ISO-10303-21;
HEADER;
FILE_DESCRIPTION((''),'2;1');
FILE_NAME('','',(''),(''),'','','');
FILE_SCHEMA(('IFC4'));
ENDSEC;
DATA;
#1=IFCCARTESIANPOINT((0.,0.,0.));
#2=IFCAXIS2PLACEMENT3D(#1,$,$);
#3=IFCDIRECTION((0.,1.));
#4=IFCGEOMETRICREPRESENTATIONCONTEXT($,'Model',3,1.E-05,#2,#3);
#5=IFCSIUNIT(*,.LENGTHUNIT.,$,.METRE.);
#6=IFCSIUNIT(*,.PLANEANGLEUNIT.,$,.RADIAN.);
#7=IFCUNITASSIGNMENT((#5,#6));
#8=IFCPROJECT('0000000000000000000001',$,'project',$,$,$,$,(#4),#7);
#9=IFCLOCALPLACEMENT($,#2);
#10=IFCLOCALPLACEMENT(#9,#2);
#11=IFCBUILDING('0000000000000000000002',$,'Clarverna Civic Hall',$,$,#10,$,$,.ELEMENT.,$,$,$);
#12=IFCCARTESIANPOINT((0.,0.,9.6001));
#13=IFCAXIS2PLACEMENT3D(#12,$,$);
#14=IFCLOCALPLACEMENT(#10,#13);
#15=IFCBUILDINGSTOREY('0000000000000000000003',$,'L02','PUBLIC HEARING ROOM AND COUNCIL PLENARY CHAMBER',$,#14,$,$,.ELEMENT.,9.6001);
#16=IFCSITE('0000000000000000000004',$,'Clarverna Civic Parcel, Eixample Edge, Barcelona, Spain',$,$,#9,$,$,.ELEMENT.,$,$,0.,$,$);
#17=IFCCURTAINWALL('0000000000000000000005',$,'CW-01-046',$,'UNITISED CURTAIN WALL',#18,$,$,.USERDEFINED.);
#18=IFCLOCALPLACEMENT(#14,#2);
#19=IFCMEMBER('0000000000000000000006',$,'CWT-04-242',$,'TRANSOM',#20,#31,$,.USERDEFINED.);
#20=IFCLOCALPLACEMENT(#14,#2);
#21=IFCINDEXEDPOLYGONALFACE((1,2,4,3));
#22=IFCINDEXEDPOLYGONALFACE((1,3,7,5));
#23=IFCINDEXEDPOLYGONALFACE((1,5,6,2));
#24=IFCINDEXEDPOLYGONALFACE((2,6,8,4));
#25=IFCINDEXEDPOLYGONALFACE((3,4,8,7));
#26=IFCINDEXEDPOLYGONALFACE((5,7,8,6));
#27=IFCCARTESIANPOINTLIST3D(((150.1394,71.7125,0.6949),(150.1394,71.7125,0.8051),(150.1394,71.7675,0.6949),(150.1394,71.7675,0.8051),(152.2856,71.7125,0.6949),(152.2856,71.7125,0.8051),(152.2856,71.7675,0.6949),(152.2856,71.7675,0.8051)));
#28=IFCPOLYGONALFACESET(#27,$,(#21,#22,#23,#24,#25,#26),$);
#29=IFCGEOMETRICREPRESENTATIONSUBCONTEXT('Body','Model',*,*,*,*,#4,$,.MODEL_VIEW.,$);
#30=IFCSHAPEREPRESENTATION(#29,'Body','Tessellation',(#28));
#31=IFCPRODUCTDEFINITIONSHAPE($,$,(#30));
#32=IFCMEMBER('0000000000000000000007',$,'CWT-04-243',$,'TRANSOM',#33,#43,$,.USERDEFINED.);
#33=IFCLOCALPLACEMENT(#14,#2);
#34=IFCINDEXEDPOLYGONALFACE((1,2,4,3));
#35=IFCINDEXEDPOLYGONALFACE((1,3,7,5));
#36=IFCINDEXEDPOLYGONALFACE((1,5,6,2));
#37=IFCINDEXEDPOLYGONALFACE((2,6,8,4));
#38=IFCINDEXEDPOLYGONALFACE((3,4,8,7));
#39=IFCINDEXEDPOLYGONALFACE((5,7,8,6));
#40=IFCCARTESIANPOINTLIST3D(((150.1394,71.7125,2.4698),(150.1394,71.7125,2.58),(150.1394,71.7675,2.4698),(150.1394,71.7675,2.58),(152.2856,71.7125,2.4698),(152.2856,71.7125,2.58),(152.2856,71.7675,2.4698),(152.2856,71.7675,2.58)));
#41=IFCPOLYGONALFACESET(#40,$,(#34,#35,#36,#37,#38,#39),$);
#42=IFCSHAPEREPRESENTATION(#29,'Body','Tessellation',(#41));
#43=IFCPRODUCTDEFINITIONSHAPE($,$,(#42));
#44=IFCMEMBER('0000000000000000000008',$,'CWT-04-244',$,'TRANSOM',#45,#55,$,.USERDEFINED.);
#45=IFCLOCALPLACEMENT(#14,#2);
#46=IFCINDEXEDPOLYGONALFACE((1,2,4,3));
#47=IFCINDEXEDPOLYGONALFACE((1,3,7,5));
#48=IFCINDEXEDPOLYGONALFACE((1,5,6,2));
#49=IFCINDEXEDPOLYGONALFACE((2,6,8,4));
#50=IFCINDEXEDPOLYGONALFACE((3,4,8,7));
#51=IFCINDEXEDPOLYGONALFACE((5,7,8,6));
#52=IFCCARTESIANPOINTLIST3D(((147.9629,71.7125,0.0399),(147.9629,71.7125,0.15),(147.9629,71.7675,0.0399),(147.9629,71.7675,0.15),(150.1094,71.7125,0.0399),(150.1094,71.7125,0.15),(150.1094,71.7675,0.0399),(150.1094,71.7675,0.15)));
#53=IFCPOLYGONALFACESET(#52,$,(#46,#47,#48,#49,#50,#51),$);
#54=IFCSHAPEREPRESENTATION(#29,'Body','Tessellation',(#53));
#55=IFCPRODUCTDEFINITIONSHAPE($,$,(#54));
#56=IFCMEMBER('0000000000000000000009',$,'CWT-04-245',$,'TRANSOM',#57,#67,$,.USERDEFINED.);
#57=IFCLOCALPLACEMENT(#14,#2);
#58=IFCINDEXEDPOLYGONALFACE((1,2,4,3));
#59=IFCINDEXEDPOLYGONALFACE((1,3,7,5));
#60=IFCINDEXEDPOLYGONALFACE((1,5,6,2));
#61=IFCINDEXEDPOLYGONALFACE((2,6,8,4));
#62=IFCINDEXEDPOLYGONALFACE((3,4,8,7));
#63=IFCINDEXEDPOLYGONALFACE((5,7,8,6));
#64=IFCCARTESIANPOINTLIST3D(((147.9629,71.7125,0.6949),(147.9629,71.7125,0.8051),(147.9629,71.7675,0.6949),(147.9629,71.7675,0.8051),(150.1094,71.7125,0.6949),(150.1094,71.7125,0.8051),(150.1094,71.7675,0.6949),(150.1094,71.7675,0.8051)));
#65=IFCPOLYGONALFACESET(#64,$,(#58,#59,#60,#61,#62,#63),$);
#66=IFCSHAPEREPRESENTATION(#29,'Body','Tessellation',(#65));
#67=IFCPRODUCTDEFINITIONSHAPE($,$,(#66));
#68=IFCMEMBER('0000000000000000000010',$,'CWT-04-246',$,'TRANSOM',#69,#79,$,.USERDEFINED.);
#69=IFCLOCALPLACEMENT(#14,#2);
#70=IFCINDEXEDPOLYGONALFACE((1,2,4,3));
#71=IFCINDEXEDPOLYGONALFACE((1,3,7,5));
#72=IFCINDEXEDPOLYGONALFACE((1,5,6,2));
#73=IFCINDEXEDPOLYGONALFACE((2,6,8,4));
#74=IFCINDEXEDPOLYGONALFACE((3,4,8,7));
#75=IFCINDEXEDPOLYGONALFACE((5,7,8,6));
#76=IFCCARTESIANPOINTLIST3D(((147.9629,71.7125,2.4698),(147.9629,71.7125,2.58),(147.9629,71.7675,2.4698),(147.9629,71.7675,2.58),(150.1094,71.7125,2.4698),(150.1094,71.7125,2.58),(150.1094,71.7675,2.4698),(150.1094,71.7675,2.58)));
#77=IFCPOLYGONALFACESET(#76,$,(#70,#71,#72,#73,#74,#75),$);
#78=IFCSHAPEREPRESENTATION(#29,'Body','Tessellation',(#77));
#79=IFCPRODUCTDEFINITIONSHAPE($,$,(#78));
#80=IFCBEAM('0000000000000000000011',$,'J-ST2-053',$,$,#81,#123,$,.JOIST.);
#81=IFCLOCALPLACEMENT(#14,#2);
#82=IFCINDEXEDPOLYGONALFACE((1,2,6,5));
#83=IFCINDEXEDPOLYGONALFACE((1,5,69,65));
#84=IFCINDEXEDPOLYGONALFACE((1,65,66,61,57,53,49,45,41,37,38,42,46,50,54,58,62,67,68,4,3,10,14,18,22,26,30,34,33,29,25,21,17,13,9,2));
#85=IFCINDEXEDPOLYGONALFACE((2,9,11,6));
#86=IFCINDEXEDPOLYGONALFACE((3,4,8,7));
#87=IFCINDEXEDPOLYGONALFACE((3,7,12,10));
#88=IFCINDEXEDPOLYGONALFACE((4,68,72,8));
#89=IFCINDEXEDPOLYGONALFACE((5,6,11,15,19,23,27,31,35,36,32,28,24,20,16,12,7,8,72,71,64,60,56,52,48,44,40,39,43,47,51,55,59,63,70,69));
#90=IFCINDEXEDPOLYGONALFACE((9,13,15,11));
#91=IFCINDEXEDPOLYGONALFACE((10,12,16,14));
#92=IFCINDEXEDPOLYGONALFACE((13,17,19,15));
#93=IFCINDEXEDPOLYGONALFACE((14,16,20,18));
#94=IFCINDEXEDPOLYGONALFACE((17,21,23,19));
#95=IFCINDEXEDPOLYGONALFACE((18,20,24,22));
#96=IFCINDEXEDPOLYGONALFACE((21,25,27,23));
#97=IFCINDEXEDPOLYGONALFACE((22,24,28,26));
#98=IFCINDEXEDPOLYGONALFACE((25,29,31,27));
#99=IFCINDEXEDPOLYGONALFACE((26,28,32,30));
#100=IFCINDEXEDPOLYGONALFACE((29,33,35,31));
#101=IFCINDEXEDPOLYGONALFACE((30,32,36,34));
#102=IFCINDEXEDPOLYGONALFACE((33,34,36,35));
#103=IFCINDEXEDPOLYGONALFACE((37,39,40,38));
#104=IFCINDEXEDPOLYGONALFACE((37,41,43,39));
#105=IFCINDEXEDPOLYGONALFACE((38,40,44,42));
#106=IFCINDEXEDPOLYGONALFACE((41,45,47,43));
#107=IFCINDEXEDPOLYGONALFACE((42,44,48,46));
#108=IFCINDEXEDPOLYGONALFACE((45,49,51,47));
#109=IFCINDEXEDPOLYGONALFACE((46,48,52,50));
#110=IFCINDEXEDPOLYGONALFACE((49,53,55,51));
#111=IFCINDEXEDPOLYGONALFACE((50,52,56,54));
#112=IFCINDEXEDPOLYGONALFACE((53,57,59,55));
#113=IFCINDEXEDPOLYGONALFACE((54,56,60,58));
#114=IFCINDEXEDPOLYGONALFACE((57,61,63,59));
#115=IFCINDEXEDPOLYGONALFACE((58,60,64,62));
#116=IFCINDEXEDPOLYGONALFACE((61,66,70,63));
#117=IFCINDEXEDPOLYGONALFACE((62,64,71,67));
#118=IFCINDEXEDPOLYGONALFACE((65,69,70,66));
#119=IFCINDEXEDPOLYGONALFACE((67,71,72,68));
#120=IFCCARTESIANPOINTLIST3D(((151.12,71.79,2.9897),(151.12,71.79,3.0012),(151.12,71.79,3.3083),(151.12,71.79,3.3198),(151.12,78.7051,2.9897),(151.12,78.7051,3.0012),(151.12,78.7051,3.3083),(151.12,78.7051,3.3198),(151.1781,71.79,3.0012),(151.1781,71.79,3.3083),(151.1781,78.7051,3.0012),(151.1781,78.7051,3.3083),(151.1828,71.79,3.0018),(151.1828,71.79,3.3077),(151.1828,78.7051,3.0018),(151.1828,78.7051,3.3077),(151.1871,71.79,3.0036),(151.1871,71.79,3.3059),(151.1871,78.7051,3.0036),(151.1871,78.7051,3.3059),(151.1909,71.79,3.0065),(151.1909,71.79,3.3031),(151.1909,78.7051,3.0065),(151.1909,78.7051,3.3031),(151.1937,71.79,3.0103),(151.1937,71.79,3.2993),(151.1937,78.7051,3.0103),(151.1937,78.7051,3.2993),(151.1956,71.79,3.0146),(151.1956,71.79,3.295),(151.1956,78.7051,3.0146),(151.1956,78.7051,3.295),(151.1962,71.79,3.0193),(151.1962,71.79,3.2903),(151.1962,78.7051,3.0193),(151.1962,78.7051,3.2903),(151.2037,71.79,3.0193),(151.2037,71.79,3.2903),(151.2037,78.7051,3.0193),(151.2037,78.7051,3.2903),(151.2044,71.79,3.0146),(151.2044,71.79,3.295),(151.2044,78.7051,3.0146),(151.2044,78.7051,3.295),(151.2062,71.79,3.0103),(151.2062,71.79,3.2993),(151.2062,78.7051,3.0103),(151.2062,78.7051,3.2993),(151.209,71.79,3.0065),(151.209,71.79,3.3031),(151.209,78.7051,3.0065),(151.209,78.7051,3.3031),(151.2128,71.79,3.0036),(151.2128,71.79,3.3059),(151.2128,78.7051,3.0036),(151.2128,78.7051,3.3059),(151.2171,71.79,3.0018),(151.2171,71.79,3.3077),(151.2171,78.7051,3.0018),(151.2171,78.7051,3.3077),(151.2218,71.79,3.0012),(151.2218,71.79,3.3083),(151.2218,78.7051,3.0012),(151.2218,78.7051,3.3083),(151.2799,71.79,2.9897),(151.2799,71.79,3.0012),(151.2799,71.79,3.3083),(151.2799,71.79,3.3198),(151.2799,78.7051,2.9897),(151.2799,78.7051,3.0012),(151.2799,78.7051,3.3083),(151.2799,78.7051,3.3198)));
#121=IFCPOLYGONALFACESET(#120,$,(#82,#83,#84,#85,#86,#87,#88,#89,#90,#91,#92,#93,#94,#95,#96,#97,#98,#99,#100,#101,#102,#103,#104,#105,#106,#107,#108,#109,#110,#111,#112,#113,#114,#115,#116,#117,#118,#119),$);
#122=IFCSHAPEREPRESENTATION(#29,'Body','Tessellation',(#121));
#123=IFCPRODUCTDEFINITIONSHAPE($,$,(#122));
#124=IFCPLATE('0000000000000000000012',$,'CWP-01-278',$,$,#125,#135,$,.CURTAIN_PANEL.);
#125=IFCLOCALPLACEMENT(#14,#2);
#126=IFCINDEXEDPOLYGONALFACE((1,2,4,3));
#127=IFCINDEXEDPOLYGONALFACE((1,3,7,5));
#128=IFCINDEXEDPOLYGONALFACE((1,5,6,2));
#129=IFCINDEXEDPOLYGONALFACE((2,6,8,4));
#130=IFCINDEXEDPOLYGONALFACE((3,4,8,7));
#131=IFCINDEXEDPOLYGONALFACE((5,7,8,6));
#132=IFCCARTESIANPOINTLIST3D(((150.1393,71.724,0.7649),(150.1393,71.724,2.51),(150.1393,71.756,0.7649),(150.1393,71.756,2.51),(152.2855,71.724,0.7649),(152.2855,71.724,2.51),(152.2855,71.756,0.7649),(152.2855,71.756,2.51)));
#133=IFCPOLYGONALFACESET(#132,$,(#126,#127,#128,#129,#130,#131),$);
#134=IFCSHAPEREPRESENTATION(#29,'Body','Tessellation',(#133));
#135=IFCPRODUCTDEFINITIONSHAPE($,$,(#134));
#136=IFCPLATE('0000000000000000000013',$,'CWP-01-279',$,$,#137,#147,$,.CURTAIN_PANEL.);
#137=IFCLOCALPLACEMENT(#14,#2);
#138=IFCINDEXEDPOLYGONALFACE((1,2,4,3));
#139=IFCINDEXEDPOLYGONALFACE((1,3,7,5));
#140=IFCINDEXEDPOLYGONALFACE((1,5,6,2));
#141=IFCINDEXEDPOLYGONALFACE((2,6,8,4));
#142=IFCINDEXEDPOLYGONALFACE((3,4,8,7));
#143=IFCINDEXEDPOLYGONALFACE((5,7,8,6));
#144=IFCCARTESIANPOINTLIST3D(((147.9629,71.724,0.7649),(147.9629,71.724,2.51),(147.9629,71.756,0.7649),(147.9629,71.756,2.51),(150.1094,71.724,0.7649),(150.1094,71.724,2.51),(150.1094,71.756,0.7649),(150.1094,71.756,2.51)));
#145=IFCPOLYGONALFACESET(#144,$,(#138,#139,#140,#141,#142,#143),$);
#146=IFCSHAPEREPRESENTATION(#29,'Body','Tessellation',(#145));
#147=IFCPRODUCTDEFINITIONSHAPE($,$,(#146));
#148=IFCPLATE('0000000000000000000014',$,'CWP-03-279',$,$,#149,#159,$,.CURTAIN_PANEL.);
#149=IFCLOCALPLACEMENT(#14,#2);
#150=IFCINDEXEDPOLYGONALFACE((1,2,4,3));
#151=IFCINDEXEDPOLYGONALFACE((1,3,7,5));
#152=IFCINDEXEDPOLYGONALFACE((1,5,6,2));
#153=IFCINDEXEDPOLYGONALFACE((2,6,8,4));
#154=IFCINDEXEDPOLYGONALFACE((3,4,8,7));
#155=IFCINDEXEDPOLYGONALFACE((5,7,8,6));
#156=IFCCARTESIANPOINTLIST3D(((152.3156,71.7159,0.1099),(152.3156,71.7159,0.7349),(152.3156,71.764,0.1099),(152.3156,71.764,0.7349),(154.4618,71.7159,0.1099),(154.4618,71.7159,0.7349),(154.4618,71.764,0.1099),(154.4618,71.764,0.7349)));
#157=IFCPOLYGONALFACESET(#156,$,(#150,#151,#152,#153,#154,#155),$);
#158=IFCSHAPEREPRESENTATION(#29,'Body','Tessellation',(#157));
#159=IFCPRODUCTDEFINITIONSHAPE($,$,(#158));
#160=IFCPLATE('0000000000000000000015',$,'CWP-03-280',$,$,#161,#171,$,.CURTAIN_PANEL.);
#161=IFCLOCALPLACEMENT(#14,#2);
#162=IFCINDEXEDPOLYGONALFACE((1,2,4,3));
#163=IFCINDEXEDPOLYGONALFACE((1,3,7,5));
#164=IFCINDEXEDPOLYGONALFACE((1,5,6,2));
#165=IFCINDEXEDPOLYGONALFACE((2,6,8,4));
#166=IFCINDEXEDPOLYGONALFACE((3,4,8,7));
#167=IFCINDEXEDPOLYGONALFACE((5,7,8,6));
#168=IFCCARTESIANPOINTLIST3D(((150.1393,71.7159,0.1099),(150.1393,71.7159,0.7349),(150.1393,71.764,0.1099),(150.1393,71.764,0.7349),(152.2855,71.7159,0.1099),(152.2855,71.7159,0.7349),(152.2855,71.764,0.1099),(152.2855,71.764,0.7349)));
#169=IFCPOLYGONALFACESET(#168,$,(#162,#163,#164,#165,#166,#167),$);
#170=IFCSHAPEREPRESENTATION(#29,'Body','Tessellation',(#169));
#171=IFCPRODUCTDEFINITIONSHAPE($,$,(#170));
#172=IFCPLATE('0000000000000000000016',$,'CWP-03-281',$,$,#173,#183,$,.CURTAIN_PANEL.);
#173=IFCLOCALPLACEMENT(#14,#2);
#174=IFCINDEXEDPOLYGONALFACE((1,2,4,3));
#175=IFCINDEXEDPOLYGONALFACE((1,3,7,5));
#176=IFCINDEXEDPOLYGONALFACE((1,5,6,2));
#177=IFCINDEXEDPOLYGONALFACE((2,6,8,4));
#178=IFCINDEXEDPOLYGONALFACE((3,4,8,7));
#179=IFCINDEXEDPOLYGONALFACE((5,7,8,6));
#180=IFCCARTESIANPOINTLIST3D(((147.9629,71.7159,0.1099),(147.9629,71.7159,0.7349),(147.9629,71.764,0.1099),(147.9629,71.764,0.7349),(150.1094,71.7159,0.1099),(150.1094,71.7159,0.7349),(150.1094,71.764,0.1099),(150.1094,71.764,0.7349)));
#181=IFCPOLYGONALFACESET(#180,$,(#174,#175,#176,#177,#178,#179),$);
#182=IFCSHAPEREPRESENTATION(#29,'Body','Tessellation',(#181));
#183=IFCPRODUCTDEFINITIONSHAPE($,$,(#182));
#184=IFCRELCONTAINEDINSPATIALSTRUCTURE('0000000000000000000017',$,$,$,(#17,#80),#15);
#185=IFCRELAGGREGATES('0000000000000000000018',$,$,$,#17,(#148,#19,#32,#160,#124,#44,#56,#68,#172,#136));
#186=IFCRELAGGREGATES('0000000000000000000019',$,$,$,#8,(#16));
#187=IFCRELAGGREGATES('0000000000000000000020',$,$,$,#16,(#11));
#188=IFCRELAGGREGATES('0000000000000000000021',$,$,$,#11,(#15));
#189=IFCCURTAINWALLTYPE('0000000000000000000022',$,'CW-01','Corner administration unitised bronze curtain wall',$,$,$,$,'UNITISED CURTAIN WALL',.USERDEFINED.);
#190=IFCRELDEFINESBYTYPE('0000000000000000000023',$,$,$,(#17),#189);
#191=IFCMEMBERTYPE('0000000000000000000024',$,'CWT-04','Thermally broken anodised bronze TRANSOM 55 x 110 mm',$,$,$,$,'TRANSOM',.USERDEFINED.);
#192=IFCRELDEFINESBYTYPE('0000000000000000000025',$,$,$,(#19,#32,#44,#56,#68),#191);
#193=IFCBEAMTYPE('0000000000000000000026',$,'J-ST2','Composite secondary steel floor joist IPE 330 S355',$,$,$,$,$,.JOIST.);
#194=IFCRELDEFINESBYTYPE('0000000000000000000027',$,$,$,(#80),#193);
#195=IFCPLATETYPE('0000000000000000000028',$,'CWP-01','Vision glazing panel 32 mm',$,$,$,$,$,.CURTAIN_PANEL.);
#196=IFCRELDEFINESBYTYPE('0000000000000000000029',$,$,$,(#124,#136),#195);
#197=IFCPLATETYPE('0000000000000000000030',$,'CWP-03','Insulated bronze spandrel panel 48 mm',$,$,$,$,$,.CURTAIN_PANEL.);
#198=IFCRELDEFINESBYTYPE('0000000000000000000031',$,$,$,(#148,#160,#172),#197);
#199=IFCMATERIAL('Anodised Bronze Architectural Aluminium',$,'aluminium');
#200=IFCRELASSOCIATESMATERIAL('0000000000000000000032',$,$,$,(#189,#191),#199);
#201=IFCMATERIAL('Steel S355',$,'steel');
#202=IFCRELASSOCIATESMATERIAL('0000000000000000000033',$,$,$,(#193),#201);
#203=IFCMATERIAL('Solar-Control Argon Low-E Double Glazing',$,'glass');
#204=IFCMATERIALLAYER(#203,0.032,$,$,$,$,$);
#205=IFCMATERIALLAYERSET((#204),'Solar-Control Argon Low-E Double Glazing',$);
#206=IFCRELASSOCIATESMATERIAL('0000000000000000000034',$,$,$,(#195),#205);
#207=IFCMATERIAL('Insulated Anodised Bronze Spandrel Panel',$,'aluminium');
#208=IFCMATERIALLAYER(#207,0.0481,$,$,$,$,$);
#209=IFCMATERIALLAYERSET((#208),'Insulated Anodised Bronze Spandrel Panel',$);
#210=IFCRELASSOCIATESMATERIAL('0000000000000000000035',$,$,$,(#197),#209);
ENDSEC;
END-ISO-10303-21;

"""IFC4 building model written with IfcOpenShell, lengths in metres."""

from ifc_helpers import new_model, si_unit, direction, frame, frame_2d, origin, origin_2d, place, context, subcontext, project, spatial, rectangle, i_section, extrude, material, layer, layer_set, material_profile, profile_set, type_object, element, aggregate, save


model = new_model("IFC4")

# Units and contexts
model_context = context("Model", 3, precision=1e-05, world=origin(), true_north=direction((0.0, 1.0)))
body_context = subcontext(model_context, "Body", "Model", "MODEL_VIEW")
ifc_project = project(units=[si_unit("LENGTHUNIT", "METRE"), si_unit("PLANEANGLEUNIT", "RADIAN")], contexts=[model_context])

# Site, building, storey
site_placement = place(None, origin())
site = spatial("IfcSite", under=ifc_project, at=site_placement, Name="Clarverna Civic Parcel, Eixample Edge, Barcelona, Spain", CompositionType="ELEMENT", RefElevation=0.0)
building_placement = place(site_placement, origin())
building = spatial("IfcBuilding", under=site, at=building_placement, Name="Clarverna Civic Hall", CompositionType="ELEMENT")
storey_placement = place(building_placement, frame((0.0, 0.0, 9.6001)))
storey = spatial("IfcBuildingStorey", under=building, at=storey_placement, Name="L02", Description="PUBLIC HEARING ROOM AND COUNCIL PLENARY CHAMBER", CompositionType="ELEMENT", Elevation=9.6001)

# Shared definitions
ifc_material_1 = material(Name="Anodised Bronze Architectural Aluminium", Category="aluminium")
curtain_wall_type = type_object("IfcCurtainWallType", Name="CW-01", Description="Corner administration unitised bronze curtain wall", ElementType="UNITISED CURTAIN WALL", PredefinedType="USERDEFINED", material=ifc_material_1)

# Curtain wall
curtain_wall_1_placement = place(storey_placement, origin())
curtain_wall_1 = element("IfcCurtainWall", 1, at=curtain_wall_1_placement, inside=storey, type_object=curtain_wall_type, Name="CW-01-046", ObjectType="UNITISED CURTAIN WALL", PredefinedType="USERDEFINED")

# Members
ifc_material_profile_1 = material_profile(ifc_material_1, rectangle(XDim=0.0549, YDim=0.1101, at=origin_2d()), Name="BRONZE 55x110")
ifc_profile_set_1 = profile_set([ifc_material_profile_1], Name="Anodised Bronze Architectural Aluminium")
member_type_1 = type_object("IfcMemberType", Name="CWT-04", Description="Thermally broken anodised bronze TRANSOM 55 x 110 mm", ElementType="TRANSOM", PredefinedType="USERDEFINED", material=ifc_profile_set_1)
member_1_placement = place(storey_placement, frame((152.2856, 71.74, 0.75), z_axis=(-1.0, 0.0, 0.0), x_axis=(0.0, -1.0, 0.0)))
member_1 = element("IfcMember", 2, at=member_1_placement, type_object=member_type_1, Name="CWT-04-242", ObjectType="TRANSOM", PredefinedType="USERDEFINED", context=body_context, shape_type="SweptSolid", body=[
    extrude(rectangle(XDim=0.0549, YDim=0.1101, at=origin_2d()), origin(), (0.0, 0.0, 1.0), 2.1462),
])
member_2_placement = place(storey_placement, frame((152.2856, 71.74, 2.5249), z_axis=(-1.0, 0.0, 0.0), x_axis=(0.0, -1.0, 0.0)))
member_2 = element("IfcMember", 3, at=member_2_placement, type_object=member_type_1, Name="CWT-04-243", ObjectType="TRANSOM", PredefinedType="USERDEFINED", context=body_context, shape_type="SweptSolid", body=[
    extrude(rectangle(XDim=0.0549, YDim=0.1101, at=origin_2d()), origin(), (0.0, 0.0, 1.0), 2.1462),
])
member_3_placement = place(storey_placement, frame((150.1094, 71.74, 0.095), z_axis=(-1.0, 0.0, 0.0), x_axis=(0.0, -1.0, 0.0)))
member_3 = element("IfcMember", 4, at=member_3_placement, type_object=member_type_1, Name="CWT-04-244", ObjectType="TRANSOM", PredefinedType="USERDEFINED", context=body_context, shape_type="SweptSolid", body=[
    extrude(rectangle(XDim=0.0549, YDim=0.1101, at=origin_2d()), origin(), (0.0, 0.0, 1.0), 2.1465),
])
member_4_placement = place(storey_placement, frame((150.1094, 71.74, 0.75), z_axis=(-1.0, 0.0, 0.0), x_axis=(0.0, -1.0, 0.0)))
member_4 = element("IfcMember", 5, at=member_4_placement, type_object=member_type_1, Name="CWT-04-245", ObjectType="TRANSOM", PredefinedType="USERDEFINED", context=body_context, shape_type="SweptSolid", body=[
    extrude(rectangle(XDim=0.0549, YDim=0.1101, at=origin_2d()), origin(), (0.0, 0.0, 1.0), 2.1465),
])
member_5_placement = place(storey_placement, frame((150.1094, 71.74, 2.5249), z_axis=(-1.0, 0.0, 0.0), x_axis=(0.0, -1.0, 0.0)))
member_5 = element("IfcMember", 6, at=member_5_placement, type_object=member_type_1, Name="CWT-04-246", ObjectType="TRANSOM", PredefinedType="USERDEFINED", context=body_context, shape_type="SweptSolid", body=[
    extrude(rectangle(XDim=0.0549, YDim=0.1101, at=origin_2d()), origin(), (0.0, 0.0, 1.0), 2.1465),
])

# Beam
ifc_material_2 = material(Name="Steel S355", Category="steel")
ifc_material_profile_2 = material_profile(ifc_material_2, i_section(OverallWidth=0.1599, OverallDepth=0.3301, WebThickness=0.0076, FlangeThickness=0.0115, FilletRadius=0.0181, at=origin_2d()), Name="IPE 330")
ifc_profile_set_2 = profile_set([ifc_material_profile_2], Name="Steel S355")
beam_type_1 = type_object("IfcBeamType", Name="J-ST2", Description="Composite secondary steel floor joist IPE 330 S355", PredefinedType="JOIST", material=ifc_profile_set_2)
beam_1_placement = place(storey_placement, frame((151.2, 71.79, 3.1548), z_axis=(0.0, 1.0, 0.0), x_axis=(-1.0, 0.0, 0.0)))
element("IfcBeam", 7, at=beam_1_placement, inside=storey, type_object=beam_type_1, Name="J-ST2-053", PredefinedType="JOIST", context=body_context, shape_type="SweptSolid", body=[
    extrude(i_section(OverallWidth=0.1599, OverallDepth=0.3301, WebThickness=0.0076, FlangeThickness=0.0115, FilletRadius=0.0181, at=origin_2d()), origin(), (0.0, 0.0, 1.0), 6.915),
])

# Plates
ifc_material_3 = material(Name="Solar-Control Argon Low-E Double Glazing", Category="glass")
ifc_layer_1 = layer(ifc_material_3, 0.032)
ifc_layer_set_1 = layer_set([ifc_layer_1], Name="Solar-Control Argon Low-E Double Glazing")
plate_type_1 = type_object("IfcPlateType", Name="CWP-01", Description="Vision glazing panel 32 mm", PredefinedType="CURTAIN_PANEL", material=ifc_layer_set_1)
plate_1_placement = place(storey_placement, frame((152.2856, 71.74, 0.7649), z_axis=(0.0, 0.0, 1.0), x_axis=(-1.0, 0.0, 0.0)))
plate_1 = element("IfcPlate", 8, at=plate_1_placement, type_object=plate_type_1, Name="CWP-01-278", PredefinedType="CURTAIN_PANEL", context=body_context, shape_type="SweptSolid", body=[
    extrude(rectangle(XDim=2.1462, YDim=0.032, at=frame_2d((1.0732, 0.0))), origin(), (0.0, 0.0, 1.0), 1.7451),
])
plate_2_placement = place(storey_placement, frame((150.1094, 71.74, 0.7649), z_axis=(0.0, 0.0, 1.0), x_axis=(-1.0, 0.0, 0.0)))
plate_2 = element("IfcPlate", 9, at=plate_2_placement, type_object=plate_type_1, Name="CWP-01-279", PredefinedType="CURTAIN_PANEL", context=body_context, shape_type="SweptSolid", body=[
    extrude(rectangle(XDim=2.1465, YDim=0.032, at=frame_2d((1.0732, 0.0))), origin(), (0.0, 0.0, 1.0), 1.7451),
])
ifc_material_4 = material(Name="Insulated Anodised Bronze Spandrel Panel", Category="aluminium")
ifc_layer_2 = layer(ifc_material_4, 0.0481)
ifc_layer_set_2 = layer_set([ifc_layer_2], Name="Insulated Anodised Bronze Spandrel Panel")
plate_type_2 = type_object("IfcPlateType", Name="CWP-03", Description="Insulated bronze spandrel panel 48 mm", PredefinedType="CURTAIN_PANEL", material=ifc_layer_set_2)
plate_3_placement = place(storey_placement, frame((154.4619, 71.74, 0.1099), z_axis=(0.0, 0.0, 1.0), x_axis=(-1.0, 0.0, 0.0)))
plate_3 = element("IfcPlate", 10, at=plate_3_placement, type_object=plate_type_2, Name="CWP-03-279", PredefinedType="CURTAIN_PANEL", context=body_context, shape_type="SweptSolid", body=[
    extrude(rectangle(XDim=2.1462, YDim=0.0481, at=frame_2d((1.0732, 0.0))), origin(), (0.0, 0.0, 1.0), 0.625),
])
plate_4_placement = place(storey_placement, frame((152.2856, 71.74, 0.1099), z_axis=(0.0, 0.0, 1.0), x_axis=(-1.0, 0.0, 0.0)))
plate_4 = element("IfcPlate", 11, at=plate_4_placement, type_object=plate_type_2, Name="CWP-03-280", PredefinedType="CURTAIN_PANEL", context=body_context, shape_type="SweptSolid", body=[
    extrude(rectangle(XDim=2.1462, YDim=0.0481, at=frame_2d((1.0732, 0.0))), origin(), (0.0, 0.0, 1.0), 0.625),
])
plate_5_placement = place(storey_placement, frame((150.1094, 71.74, 0.1099), z_axis=(0.0, 0.0, 1.0), x_axis=(-1.0, 0.0, 0.0)))
plate_5 = element("IfcPlate", 12, at=plate_5_placement, type_object=plate_type_2, Name="CWP-03-281", PredefinedType="CURTAIN_PANEL", context=body_context, shape_type="SweptSolid", body=[
    extrude(rectangle(XDim=2.1465, YDim=0.0481, at=frame_2d((1.0732, 0.0))), origin(), (0.0, 0.0, 1.0), 0.625),
])
aggregate(curtain_wall_1, [plate_3, member_1, member_2, plate_4, plate_1, member_3, member_4, member_5, plate_5, plate_2])

save(model, "model.ifc")
